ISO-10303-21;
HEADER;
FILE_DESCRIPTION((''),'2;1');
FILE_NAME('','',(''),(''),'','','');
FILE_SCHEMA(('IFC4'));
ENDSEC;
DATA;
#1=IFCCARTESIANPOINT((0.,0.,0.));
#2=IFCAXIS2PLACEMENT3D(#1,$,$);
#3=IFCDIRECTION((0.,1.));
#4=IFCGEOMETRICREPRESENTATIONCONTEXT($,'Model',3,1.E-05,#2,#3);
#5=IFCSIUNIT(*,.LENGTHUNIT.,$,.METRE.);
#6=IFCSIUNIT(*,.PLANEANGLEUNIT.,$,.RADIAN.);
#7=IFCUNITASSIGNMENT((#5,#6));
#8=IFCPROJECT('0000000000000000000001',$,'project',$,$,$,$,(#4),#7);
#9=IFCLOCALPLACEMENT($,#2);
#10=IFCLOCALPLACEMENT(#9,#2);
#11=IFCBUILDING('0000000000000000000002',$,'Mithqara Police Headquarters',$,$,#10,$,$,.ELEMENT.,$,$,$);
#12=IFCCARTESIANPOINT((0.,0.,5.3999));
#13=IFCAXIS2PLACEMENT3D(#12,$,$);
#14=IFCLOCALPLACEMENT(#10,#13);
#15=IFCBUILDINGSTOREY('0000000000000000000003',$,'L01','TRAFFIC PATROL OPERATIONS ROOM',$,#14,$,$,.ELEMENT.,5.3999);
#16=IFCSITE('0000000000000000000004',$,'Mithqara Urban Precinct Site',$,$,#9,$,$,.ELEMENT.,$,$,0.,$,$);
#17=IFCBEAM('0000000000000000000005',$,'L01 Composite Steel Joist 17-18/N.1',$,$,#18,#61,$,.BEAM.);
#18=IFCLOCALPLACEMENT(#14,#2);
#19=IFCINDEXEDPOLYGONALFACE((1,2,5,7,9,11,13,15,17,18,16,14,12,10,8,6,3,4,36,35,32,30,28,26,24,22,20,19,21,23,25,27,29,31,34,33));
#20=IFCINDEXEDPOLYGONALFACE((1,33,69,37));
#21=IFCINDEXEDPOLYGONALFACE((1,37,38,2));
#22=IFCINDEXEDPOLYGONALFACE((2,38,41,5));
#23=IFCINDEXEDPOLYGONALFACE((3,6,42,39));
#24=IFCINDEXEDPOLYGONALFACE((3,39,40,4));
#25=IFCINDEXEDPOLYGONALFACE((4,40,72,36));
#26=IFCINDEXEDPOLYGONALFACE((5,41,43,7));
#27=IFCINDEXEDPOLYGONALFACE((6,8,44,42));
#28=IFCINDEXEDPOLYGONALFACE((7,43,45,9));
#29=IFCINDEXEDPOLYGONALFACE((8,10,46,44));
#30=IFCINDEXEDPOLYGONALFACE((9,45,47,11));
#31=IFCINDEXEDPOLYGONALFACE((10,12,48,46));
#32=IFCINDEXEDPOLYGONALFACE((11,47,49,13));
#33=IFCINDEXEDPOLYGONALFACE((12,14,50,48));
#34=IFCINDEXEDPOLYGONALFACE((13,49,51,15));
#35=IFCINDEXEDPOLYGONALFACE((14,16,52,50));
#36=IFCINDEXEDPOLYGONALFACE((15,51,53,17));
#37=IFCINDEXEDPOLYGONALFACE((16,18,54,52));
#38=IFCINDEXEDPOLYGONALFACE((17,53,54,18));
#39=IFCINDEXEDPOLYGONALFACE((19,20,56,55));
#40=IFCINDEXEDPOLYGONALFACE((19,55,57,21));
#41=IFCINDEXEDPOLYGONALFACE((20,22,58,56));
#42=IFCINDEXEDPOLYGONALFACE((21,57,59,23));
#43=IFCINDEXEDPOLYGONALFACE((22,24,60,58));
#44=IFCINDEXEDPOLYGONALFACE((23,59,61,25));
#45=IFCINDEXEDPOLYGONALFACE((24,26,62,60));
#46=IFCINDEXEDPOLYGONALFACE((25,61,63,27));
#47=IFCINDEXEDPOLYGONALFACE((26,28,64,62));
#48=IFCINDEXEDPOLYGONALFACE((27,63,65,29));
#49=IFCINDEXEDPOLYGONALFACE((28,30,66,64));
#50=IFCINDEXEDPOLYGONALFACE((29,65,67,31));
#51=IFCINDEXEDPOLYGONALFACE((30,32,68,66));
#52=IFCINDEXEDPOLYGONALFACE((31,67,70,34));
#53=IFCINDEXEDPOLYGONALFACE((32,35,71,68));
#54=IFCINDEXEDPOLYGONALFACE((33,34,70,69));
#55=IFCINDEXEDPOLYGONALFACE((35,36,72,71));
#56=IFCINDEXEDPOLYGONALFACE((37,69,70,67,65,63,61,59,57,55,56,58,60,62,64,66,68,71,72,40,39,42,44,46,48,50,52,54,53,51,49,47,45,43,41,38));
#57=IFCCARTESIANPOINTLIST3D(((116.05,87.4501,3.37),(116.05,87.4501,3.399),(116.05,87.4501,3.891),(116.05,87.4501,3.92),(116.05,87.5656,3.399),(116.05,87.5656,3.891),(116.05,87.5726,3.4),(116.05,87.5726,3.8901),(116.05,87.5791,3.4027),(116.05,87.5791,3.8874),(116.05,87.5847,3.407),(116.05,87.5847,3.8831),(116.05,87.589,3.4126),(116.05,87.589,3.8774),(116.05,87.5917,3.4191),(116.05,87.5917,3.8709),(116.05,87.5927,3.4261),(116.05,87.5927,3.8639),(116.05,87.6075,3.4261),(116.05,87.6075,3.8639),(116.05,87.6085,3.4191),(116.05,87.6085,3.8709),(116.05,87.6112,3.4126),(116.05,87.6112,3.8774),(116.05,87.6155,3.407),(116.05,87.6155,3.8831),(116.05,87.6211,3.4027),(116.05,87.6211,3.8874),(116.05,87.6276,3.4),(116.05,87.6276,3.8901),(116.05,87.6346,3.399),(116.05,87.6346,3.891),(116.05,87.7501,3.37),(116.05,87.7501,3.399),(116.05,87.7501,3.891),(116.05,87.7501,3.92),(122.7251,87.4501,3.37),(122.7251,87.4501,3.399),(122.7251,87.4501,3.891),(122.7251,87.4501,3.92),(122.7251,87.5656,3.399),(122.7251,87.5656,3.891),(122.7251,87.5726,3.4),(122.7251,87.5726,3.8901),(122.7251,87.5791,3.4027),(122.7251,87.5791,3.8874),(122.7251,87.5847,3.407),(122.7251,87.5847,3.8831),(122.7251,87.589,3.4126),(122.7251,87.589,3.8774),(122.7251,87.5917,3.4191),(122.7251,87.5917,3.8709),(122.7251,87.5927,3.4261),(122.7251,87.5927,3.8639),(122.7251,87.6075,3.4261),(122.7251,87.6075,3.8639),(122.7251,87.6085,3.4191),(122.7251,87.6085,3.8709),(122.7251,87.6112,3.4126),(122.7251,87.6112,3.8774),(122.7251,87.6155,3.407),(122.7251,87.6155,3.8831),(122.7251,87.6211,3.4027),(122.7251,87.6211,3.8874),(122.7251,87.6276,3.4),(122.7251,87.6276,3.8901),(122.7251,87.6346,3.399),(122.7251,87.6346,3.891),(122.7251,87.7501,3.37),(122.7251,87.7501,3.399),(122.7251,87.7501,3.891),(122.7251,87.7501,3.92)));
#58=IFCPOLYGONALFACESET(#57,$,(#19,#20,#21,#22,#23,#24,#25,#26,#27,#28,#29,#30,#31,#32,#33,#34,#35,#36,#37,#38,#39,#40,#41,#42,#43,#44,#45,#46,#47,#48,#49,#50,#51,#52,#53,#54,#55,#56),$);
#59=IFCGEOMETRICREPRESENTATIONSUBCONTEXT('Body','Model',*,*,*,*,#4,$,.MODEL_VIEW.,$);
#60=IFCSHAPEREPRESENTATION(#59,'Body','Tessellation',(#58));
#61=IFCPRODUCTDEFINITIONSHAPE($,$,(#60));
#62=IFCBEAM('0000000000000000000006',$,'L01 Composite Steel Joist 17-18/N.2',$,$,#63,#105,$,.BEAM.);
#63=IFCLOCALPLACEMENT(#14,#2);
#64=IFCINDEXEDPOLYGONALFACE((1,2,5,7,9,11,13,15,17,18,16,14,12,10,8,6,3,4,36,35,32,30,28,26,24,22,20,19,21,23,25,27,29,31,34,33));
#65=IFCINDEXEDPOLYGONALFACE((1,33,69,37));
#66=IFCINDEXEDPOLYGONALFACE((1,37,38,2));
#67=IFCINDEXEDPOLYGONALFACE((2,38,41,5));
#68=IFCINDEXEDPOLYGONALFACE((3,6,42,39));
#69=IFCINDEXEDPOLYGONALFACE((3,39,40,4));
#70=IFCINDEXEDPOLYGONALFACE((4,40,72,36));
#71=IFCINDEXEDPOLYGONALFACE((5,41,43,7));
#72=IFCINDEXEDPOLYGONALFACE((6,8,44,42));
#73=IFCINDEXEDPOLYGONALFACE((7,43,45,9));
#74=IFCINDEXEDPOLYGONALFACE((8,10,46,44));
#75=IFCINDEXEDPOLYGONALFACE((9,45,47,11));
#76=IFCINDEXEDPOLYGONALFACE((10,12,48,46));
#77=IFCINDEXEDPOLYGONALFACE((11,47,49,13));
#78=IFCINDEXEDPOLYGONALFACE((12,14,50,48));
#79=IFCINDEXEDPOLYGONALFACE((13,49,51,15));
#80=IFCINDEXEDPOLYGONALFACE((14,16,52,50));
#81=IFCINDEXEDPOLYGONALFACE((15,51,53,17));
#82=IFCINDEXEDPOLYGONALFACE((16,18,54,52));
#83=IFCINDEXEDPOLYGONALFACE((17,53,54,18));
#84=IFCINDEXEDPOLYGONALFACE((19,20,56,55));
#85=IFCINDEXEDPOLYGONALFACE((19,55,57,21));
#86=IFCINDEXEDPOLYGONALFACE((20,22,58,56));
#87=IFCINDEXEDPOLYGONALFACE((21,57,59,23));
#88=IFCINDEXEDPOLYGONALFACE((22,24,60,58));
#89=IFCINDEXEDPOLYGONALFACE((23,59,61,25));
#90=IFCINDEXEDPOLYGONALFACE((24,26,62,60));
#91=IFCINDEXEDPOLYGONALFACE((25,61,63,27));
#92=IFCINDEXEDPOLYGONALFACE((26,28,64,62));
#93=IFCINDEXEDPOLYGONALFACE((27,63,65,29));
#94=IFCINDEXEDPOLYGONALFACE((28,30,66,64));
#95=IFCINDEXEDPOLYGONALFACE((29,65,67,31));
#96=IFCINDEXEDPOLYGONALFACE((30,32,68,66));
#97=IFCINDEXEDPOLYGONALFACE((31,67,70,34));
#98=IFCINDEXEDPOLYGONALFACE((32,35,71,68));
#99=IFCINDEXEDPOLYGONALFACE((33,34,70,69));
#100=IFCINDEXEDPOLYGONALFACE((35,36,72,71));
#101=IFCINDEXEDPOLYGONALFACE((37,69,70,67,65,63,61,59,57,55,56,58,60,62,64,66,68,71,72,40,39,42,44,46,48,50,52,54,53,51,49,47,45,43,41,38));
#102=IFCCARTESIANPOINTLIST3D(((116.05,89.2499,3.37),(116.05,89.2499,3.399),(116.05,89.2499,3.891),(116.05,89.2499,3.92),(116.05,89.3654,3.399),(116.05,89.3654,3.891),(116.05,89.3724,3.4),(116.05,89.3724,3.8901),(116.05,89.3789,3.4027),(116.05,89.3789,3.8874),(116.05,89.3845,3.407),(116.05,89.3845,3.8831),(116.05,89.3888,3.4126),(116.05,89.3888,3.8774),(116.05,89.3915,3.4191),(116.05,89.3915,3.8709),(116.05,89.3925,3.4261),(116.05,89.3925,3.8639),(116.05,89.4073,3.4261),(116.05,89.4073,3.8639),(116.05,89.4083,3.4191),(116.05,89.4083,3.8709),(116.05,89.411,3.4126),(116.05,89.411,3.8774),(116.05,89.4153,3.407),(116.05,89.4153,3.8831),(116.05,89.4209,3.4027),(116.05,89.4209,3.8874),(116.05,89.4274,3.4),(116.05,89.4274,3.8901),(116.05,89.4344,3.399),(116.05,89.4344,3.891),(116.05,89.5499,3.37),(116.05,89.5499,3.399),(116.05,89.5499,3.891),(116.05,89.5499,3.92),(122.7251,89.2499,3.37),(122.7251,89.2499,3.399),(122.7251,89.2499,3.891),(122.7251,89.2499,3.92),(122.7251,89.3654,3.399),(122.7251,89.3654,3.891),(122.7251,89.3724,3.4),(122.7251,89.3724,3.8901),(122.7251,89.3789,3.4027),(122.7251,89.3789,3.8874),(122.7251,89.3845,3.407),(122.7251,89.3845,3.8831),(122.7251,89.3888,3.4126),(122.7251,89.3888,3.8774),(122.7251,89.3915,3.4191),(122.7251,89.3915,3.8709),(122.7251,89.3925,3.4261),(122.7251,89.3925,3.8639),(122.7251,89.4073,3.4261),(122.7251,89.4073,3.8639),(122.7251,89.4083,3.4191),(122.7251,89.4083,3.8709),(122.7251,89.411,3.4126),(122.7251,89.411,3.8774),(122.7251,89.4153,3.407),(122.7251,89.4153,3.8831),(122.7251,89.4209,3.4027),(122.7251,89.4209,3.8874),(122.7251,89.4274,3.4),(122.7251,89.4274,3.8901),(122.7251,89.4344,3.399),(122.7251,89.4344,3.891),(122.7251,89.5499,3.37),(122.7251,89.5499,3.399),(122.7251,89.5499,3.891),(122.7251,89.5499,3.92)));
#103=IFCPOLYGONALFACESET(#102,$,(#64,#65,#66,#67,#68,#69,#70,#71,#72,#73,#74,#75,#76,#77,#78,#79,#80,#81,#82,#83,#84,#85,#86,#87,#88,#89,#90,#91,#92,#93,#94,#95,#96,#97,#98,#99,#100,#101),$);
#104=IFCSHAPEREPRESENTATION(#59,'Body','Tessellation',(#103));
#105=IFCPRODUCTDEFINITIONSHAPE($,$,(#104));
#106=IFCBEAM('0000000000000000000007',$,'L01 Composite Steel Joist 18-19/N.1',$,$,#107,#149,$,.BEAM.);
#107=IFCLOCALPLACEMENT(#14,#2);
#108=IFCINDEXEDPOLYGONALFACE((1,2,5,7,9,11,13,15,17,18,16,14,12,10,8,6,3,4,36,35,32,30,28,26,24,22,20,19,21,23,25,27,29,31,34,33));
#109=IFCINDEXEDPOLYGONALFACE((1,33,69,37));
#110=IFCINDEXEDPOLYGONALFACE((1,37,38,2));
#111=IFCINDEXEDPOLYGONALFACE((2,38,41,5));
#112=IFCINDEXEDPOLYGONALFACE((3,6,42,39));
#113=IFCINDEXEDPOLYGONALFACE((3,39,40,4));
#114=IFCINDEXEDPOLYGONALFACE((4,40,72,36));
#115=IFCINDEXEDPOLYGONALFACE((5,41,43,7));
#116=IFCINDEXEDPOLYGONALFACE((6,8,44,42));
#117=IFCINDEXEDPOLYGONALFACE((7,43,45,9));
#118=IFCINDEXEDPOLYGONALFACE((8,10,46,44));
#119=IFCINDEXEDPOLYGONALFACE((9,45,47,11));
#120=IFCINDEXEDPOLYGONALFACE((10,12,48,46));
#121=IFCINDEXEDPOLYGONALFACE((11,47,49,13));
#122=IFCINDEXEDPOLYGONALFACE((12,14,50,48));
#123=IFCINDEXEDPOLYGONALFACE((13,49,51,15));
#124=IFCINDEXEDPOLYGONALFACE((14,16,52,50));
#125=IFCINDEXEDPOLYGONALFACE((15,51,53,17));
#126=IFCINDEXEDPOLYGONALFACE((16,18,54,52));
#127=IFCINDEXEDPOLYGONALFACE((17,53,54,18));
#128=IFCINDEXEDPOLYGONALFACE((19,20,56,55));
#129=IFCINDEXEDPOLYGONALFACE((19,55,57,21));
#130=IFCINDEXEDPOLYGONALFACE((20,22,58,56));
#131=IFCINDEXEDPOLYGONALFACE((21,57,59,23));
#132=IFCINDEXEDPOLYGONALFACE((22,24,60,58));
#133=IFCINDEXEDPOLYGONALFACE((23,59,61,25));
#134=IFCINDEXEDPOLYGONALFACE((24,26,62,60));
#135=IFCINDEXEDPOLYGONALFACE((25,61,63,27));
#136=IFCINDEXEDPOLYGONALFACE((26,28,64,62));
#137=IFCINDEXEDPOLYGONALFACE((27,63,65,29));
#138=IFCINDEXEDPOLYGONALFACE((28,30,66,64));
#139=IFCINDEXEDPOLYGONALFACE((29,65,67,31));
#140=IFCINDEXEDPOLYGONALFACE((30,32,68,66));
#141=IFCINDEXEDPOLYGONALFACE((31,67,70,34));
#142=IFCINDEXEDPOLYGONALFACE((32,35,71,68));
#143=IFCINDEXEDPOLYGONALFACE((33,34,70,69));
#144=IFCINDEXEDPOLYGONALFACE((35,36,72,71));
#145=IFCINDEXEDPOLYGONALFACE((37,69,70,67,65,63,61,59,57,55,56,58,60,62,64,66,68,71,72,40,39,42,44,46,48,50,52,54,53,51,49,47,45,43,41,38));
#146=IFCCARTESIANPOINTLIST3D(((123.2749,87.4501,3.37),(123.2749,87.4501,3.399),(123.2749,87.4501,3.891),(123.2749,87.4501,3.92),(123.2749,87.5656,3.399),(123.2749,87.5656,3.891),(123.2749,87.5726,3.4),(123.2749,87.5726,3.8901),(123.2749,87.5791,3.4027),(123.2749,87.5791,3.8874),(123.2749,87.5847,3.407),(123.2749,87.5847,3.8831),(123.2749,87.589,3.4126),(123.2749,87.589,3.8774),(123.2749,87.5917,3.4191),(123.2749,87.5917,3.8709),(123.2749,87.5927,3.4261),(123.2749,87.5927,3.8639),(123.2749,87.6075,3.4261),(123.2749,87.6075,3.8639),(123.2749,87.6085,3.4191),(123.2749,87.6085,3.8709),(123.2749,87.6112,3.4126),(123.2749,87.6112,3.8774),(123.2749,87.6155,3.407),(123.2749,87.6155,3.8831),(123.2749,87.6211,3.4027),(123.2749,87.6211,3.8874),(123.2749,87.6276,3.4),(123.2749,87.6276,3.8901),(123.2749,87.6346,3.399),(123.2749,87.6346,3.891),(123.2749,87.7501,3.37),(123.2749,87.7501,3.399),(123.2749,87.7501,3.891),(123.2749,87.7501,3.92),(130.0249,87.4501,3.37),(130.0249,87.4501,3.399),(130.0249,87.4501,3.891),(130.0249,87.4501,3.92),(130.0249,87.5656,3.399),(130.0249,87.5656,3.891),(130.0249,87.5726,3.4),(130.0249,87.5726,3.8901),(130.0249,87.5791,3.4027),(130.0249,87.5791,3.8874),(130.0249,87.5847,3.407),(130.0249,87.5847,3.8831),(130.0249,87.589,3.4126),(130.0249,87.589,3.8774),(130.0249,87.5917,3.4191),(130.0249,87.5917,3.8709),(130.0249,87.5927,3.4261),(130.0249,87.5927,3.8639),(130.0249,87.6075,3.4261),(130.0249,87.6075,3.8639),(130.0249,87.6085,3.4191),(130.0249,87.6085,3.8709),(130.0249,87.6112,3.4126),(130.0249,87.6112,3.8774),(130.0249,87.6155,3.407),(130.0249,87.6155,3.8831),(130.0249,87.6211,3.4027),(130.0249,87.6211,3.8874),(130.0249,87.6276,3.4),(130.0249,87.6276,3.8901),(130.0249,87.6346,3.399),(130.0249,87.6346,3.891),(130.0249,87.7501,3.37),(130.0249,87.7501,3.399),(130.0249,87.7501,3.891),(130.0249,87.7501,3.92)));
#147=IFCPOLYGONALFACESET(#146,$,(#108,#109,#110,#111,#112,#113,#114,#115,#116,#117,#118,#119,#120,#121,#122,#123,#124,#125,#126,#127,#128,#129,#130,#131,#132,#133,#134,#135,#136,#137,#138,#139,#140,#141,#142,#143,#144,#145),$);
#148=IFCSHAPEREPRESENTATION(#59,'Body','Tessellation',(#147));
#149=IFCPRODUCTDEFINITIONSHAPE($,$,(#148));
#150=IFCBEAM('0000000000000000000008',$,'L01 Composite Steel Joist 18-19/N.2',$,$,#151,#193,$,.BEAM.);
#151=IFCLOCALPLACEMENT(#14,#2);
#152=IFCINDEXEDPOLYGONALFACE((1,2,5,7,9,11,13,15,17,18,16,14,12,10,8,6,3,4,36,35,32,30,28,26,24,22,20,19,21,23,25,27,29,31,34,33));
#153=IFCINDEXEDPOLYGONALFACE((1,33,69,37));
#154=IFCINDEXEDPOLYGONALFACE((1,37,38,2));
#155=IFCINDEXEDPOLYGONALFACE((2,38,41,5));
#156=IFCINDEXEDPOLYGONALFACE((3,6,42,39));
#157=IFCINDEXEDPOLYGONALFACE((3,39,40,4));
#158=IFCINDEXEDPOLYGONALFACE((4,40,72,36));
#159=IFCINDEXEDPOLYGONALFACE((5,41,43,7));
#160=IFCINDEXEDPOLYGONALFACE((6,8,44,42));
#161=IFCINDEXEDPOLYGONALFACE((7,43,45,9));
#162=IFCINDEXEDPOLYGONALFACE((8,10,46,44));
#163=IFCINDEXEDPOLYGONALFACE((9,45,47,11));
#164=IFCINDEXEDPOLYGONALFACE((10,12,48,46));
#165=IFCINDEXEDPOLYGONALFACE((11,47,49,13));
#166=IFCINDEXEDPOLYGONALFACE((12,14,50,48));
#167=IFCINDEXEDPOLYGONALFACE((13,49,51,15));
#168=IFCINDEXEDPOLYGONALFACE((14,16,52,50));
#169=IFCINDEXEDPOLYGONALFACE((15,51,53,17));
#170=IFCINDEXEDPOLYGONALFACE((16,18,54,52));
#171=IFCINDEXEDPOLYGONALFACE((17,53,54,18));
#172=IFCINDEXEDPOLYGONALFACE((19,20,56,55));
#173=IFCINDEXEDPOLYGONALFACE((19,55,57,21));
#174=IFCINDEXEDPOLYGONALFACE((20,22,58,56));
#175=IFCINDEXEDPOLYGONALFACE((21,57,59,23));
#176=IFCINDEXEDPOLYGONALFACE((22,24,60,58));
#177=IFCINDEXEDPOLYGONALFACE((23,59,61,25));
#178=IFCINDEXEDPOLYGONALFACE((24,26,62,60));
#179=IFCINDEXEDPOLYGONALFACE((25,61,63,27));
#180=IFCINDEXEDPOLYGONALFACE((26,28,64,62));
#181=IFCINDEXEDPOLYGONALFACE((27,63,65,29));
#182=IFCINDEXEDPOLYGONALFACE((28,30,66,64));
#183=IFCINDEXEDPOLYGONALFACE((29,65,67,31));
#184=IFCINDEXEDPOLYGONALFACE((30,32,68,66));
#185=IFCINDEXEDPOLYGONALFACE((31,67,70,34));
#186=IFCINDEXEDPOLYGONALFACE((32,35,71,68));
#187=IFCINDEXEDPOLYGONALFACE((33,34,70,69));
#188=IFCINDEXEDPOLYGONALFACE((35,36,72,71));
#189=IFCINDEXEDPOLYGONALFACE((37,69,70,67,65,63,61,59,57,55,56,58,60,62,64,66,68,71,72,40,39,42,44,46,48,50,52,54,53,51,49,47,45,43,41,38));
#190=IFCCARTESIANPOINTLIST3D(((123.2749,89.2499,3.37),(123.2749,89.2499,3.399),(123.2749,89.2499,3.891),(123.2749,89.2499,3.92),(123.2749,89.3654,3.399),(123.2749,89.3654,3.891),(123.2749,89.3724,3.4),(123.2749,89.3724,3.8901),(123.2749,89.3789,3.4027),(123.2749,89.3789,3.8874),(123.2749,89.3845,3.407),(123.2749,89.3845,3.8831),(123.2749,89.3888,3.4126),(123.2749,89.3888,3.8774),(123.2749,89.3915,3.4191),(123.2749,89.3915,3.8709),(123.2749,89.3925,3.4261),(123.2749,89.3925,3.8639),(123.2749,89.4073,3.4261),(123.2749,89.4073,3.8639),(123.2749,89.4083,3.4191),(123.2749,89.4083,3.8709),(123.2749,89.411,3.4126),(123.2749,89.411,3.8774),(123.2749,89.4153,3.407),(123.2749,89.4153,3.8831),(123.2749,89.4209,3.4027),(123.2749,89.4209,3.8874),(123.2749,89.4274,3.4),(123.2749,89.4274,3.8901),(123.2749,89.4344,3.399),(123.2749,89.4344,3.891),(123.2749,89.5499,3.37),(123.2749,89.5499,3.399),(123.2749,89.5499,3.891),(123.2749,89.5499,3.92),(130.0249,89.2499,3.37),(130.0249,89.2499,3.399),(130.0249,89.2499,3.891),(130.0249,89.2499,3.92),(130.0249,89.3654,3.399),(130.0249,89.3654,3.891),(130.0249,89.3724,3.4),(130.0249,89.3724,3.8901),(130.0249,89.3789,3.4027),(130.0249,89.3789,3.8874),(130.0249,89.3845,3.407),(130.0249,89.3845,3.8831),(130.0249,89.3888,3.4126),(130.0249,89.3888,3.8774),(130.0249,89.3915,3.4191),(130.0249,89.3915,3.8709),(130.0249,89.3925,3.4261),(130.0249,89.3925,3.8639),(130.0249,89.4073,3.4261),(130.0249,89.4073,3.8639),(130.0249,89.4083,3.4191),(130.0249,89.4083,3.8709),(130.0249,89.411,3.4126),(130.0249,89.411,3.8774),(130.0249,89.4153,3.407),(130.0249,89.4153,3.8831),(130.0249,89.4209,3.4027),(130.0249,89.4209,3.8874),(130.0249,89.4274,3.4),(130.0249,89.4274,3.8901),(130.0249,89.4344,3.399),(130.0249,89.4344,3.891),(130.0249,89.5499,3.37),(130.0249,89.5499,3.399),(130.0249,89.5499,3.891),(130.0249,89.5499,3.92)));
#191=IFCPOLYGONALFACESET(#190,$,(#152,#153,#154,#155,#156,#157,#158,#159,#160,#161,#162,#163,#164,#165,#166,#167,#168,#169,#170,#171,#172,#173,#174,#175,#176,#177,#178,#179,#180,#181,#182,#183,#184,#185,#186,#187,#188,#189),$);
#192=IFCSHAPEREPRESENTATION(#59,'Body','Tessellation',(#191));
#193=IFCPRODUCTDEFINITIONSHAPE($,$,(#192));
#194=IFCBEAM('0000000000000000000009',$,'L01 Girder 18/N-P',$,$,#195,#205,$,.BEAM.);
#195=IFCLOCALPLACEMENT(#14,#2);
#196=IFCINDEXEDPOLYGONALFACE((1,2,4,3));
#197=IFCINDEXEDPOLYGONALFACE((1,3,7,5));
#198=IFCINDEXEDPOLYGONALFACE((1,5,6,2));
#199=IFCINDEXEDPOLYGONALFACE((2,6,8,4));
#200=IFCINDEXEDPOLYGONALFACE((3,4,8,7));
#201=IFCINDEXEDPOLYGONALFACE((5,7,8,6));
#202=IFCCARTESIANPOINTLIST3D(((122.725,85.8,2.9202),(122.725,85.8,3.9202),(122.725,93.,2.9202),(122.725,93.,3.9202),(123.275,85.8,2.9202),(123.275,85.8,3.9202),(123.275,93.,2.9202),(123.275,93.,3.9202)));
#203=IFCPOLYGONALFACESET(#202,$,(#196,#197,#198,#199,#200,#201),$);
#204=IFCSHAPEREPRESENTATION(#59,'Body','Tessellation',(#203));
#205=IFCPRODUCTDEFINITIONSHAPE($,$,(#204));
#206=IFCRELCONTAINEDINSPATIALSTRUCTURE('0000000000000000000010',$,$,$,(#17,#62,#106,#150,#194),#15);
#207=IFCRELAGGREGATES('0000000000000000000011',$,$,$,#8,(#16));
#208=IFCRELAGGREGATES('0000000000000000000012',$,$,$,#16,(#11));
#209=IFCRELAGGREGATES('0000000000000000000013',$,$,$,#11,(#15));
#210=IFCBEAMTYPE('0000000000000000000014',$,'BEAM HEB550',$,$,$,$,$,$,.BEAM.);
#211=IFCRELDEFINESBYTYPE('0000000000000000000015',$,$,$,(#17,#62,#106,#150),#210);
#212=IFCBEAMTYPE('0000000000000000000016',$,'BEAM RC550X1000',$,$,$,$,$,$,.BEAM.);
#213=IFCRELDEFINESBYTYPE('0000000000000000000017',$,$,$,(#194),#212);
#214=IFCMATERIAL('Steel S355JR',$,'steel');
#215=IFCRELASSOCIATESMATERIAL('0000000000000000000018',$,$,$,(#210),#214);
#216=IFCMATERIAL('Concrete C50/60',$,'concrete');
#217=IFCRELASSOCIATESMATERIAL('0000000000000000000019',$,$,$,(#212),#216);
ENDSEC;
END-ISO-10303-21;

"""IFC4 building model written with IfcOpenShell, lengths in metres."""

from ifc_helpers import new_model, si_unit, direction, frame, origin, origin_2d, place, context, subcontext, project, spatial, rectangle, i_section, extrude, material, material_profile, profile_set, type_object, element, save


model = new_model("IFC4")

# Units and contexts
model_context = context("Model", 3, precision=1e-05, world=origin(), true_north=direction((0.0, 1.0)))
body_context = subcontext(model_context, "Body", "Model", "MODEL_VIEW")
ifc_project = project(units=[si_unit("LENGTHUNIT", "METRE"), si_unit("PLANEANGLEUNIT", "RADIAN")], contexts=[model_context])

# Site, building, storey
site_placement = place(None, origin())
site = spatial("IfcSite", under=ifc_project, at=site_placement, Name="Mithqara Urban Precinct Site", CompositionType="ELEMENT", RefElevation=0.0)
building_placement = place(site_placement, origin())
building = spatial("IfcBuilding", under=site, at=building_placement, Name="Mithqara Police Headquarters", CompositionType="ELEMENT")
storey_placement = place(building_placement, frame((0.0, 0.0, 5.3999)))
storey = spatial("IfcBuildingStorey", under=building, at=storey_placement, Name="L01", Description="TRAFFIC PATROL OPERATIONS ROOM", CompositionType="ELEMENT", Elevation=5.3999)

# Beams
ifc_material_1 = material(Name="Steel S355JR", Category="steel")
ifc_material_profile_1 = material_profile(ifc_material_1, i_section(OverallWidth=0.3, OverallDepth=0.55, WebThickness=0.0149, FlangeThickness=0.0291, FilletRadius=0.0271, at=origin_2d()), Name="HEB 550")
ifc_profile_set_1 = profile_set([ifc_material_profile_1], Name="Steel S355JR")
beam_type_1 = type_object("IfcBeamType", Name="BEAM HEB550", PredefinedType="BEAM", material=ifc_profile_set_1)
for number, where, z_axis, x_axis, name in (
    (1, (116.05, 87.6001, 3.645), (1.0, 0.0, 0.0), (0.0, 1.0, 0.0), "L01 Composite Steel Joist 17-18/N.1"),
    (2, (116.05, 89.3999, 3.645), (1.0, 0.0, 0.0), (0.0, 1.0, 0.0), "L01 Composite Steel Joist 17-18/N.2"),
):
    element("IfcBeam", number, at=place(storey_placement, frame(where, z_axis=z_axis, x_axis=x_axis)), inside=storey, type_object=beam_type_1, Name=name, PredefinedType="BEAM", context=body_context, shape_type="SweptSolid", body=[
        extrude(i_section(OverallWidth=0.3, OverallDepth=0.55, WebThickness=0.0149, FlangeThickness=0.0291, FilletRadius=0.0271, at=origin_2d()), origin(), (0.0, 0.0, 1.0), 6.675),
    ])
for number, where, z_axis, x_axis, name in (
    (3, (123.2749, 87.6001, 3.645), (1.0, 0.0, 0.0), (0.0, 1.0, 0.0), "L01 Composite Steel Joist 18-19/N.1"),
    (4, (123.2749, 89.3999, 3.645), (1.0, 0.0, 0.0), (0.0, 1.0, 0.0), "L01 Composite Steel Joist 18-19/N.2"),
):
    element("IfcBeam", number, at=place(storey_placement, frame(where, z_axis=z_axis, x_axis=x_axis)), inside=storey, type_object=beam_type_1, Name=name, PredefinedType="BEAM", context=body_context, shape_type="SweptSolid", body=[
        extrude(i_section(OverallWidth=0.3, OverallDepth=0.55, WebThickness=0.0149, FlangeThickness=0.0291, FilletRadius=0.0271, at=origin_2d()), origin(), (0.0, 0.0, 1.0), 6.75),
    ])
ifc_material_2 = material(Name="Concrete C50/60", Category="concrete")
ifc_material_profile_2 = material_profile(ifc_material_2, rectangle(XDim=0.55, YDim=1.0, at=origin_2d()), Name="RC 550x1000")
ifc_profile_set_2 = profile_set([ifc_material_profile_2], Name="Concrete C50/60")
beam_type_2 = type_object("IfcBeamType", Name="BEAM RC550X1000", PredefinedType="BEAM", material=ifc_profile_set_2)
beam_placement = place(storey_placement, frame((123.0, 85.8, 3.4202), z_axis=(0.0, 1.0, 0.0), x_axis=(-1.0, 0.0, 0.0)))
element("IfcBeam", 5, at=beam_placement, inside=storey, type_object=beam_type_2, Name="L01 Girder 18/N-P", PredefinedType="BEAM", context=body_context, shape_type="SweptSolid", body=[
    extrude(rectangle(XDim=0.55, YDim=1.0, at=origin_2d()), origin(), (0.0, 0.0, 1.0), 7.2),
])

save(model, "model.ifc")
